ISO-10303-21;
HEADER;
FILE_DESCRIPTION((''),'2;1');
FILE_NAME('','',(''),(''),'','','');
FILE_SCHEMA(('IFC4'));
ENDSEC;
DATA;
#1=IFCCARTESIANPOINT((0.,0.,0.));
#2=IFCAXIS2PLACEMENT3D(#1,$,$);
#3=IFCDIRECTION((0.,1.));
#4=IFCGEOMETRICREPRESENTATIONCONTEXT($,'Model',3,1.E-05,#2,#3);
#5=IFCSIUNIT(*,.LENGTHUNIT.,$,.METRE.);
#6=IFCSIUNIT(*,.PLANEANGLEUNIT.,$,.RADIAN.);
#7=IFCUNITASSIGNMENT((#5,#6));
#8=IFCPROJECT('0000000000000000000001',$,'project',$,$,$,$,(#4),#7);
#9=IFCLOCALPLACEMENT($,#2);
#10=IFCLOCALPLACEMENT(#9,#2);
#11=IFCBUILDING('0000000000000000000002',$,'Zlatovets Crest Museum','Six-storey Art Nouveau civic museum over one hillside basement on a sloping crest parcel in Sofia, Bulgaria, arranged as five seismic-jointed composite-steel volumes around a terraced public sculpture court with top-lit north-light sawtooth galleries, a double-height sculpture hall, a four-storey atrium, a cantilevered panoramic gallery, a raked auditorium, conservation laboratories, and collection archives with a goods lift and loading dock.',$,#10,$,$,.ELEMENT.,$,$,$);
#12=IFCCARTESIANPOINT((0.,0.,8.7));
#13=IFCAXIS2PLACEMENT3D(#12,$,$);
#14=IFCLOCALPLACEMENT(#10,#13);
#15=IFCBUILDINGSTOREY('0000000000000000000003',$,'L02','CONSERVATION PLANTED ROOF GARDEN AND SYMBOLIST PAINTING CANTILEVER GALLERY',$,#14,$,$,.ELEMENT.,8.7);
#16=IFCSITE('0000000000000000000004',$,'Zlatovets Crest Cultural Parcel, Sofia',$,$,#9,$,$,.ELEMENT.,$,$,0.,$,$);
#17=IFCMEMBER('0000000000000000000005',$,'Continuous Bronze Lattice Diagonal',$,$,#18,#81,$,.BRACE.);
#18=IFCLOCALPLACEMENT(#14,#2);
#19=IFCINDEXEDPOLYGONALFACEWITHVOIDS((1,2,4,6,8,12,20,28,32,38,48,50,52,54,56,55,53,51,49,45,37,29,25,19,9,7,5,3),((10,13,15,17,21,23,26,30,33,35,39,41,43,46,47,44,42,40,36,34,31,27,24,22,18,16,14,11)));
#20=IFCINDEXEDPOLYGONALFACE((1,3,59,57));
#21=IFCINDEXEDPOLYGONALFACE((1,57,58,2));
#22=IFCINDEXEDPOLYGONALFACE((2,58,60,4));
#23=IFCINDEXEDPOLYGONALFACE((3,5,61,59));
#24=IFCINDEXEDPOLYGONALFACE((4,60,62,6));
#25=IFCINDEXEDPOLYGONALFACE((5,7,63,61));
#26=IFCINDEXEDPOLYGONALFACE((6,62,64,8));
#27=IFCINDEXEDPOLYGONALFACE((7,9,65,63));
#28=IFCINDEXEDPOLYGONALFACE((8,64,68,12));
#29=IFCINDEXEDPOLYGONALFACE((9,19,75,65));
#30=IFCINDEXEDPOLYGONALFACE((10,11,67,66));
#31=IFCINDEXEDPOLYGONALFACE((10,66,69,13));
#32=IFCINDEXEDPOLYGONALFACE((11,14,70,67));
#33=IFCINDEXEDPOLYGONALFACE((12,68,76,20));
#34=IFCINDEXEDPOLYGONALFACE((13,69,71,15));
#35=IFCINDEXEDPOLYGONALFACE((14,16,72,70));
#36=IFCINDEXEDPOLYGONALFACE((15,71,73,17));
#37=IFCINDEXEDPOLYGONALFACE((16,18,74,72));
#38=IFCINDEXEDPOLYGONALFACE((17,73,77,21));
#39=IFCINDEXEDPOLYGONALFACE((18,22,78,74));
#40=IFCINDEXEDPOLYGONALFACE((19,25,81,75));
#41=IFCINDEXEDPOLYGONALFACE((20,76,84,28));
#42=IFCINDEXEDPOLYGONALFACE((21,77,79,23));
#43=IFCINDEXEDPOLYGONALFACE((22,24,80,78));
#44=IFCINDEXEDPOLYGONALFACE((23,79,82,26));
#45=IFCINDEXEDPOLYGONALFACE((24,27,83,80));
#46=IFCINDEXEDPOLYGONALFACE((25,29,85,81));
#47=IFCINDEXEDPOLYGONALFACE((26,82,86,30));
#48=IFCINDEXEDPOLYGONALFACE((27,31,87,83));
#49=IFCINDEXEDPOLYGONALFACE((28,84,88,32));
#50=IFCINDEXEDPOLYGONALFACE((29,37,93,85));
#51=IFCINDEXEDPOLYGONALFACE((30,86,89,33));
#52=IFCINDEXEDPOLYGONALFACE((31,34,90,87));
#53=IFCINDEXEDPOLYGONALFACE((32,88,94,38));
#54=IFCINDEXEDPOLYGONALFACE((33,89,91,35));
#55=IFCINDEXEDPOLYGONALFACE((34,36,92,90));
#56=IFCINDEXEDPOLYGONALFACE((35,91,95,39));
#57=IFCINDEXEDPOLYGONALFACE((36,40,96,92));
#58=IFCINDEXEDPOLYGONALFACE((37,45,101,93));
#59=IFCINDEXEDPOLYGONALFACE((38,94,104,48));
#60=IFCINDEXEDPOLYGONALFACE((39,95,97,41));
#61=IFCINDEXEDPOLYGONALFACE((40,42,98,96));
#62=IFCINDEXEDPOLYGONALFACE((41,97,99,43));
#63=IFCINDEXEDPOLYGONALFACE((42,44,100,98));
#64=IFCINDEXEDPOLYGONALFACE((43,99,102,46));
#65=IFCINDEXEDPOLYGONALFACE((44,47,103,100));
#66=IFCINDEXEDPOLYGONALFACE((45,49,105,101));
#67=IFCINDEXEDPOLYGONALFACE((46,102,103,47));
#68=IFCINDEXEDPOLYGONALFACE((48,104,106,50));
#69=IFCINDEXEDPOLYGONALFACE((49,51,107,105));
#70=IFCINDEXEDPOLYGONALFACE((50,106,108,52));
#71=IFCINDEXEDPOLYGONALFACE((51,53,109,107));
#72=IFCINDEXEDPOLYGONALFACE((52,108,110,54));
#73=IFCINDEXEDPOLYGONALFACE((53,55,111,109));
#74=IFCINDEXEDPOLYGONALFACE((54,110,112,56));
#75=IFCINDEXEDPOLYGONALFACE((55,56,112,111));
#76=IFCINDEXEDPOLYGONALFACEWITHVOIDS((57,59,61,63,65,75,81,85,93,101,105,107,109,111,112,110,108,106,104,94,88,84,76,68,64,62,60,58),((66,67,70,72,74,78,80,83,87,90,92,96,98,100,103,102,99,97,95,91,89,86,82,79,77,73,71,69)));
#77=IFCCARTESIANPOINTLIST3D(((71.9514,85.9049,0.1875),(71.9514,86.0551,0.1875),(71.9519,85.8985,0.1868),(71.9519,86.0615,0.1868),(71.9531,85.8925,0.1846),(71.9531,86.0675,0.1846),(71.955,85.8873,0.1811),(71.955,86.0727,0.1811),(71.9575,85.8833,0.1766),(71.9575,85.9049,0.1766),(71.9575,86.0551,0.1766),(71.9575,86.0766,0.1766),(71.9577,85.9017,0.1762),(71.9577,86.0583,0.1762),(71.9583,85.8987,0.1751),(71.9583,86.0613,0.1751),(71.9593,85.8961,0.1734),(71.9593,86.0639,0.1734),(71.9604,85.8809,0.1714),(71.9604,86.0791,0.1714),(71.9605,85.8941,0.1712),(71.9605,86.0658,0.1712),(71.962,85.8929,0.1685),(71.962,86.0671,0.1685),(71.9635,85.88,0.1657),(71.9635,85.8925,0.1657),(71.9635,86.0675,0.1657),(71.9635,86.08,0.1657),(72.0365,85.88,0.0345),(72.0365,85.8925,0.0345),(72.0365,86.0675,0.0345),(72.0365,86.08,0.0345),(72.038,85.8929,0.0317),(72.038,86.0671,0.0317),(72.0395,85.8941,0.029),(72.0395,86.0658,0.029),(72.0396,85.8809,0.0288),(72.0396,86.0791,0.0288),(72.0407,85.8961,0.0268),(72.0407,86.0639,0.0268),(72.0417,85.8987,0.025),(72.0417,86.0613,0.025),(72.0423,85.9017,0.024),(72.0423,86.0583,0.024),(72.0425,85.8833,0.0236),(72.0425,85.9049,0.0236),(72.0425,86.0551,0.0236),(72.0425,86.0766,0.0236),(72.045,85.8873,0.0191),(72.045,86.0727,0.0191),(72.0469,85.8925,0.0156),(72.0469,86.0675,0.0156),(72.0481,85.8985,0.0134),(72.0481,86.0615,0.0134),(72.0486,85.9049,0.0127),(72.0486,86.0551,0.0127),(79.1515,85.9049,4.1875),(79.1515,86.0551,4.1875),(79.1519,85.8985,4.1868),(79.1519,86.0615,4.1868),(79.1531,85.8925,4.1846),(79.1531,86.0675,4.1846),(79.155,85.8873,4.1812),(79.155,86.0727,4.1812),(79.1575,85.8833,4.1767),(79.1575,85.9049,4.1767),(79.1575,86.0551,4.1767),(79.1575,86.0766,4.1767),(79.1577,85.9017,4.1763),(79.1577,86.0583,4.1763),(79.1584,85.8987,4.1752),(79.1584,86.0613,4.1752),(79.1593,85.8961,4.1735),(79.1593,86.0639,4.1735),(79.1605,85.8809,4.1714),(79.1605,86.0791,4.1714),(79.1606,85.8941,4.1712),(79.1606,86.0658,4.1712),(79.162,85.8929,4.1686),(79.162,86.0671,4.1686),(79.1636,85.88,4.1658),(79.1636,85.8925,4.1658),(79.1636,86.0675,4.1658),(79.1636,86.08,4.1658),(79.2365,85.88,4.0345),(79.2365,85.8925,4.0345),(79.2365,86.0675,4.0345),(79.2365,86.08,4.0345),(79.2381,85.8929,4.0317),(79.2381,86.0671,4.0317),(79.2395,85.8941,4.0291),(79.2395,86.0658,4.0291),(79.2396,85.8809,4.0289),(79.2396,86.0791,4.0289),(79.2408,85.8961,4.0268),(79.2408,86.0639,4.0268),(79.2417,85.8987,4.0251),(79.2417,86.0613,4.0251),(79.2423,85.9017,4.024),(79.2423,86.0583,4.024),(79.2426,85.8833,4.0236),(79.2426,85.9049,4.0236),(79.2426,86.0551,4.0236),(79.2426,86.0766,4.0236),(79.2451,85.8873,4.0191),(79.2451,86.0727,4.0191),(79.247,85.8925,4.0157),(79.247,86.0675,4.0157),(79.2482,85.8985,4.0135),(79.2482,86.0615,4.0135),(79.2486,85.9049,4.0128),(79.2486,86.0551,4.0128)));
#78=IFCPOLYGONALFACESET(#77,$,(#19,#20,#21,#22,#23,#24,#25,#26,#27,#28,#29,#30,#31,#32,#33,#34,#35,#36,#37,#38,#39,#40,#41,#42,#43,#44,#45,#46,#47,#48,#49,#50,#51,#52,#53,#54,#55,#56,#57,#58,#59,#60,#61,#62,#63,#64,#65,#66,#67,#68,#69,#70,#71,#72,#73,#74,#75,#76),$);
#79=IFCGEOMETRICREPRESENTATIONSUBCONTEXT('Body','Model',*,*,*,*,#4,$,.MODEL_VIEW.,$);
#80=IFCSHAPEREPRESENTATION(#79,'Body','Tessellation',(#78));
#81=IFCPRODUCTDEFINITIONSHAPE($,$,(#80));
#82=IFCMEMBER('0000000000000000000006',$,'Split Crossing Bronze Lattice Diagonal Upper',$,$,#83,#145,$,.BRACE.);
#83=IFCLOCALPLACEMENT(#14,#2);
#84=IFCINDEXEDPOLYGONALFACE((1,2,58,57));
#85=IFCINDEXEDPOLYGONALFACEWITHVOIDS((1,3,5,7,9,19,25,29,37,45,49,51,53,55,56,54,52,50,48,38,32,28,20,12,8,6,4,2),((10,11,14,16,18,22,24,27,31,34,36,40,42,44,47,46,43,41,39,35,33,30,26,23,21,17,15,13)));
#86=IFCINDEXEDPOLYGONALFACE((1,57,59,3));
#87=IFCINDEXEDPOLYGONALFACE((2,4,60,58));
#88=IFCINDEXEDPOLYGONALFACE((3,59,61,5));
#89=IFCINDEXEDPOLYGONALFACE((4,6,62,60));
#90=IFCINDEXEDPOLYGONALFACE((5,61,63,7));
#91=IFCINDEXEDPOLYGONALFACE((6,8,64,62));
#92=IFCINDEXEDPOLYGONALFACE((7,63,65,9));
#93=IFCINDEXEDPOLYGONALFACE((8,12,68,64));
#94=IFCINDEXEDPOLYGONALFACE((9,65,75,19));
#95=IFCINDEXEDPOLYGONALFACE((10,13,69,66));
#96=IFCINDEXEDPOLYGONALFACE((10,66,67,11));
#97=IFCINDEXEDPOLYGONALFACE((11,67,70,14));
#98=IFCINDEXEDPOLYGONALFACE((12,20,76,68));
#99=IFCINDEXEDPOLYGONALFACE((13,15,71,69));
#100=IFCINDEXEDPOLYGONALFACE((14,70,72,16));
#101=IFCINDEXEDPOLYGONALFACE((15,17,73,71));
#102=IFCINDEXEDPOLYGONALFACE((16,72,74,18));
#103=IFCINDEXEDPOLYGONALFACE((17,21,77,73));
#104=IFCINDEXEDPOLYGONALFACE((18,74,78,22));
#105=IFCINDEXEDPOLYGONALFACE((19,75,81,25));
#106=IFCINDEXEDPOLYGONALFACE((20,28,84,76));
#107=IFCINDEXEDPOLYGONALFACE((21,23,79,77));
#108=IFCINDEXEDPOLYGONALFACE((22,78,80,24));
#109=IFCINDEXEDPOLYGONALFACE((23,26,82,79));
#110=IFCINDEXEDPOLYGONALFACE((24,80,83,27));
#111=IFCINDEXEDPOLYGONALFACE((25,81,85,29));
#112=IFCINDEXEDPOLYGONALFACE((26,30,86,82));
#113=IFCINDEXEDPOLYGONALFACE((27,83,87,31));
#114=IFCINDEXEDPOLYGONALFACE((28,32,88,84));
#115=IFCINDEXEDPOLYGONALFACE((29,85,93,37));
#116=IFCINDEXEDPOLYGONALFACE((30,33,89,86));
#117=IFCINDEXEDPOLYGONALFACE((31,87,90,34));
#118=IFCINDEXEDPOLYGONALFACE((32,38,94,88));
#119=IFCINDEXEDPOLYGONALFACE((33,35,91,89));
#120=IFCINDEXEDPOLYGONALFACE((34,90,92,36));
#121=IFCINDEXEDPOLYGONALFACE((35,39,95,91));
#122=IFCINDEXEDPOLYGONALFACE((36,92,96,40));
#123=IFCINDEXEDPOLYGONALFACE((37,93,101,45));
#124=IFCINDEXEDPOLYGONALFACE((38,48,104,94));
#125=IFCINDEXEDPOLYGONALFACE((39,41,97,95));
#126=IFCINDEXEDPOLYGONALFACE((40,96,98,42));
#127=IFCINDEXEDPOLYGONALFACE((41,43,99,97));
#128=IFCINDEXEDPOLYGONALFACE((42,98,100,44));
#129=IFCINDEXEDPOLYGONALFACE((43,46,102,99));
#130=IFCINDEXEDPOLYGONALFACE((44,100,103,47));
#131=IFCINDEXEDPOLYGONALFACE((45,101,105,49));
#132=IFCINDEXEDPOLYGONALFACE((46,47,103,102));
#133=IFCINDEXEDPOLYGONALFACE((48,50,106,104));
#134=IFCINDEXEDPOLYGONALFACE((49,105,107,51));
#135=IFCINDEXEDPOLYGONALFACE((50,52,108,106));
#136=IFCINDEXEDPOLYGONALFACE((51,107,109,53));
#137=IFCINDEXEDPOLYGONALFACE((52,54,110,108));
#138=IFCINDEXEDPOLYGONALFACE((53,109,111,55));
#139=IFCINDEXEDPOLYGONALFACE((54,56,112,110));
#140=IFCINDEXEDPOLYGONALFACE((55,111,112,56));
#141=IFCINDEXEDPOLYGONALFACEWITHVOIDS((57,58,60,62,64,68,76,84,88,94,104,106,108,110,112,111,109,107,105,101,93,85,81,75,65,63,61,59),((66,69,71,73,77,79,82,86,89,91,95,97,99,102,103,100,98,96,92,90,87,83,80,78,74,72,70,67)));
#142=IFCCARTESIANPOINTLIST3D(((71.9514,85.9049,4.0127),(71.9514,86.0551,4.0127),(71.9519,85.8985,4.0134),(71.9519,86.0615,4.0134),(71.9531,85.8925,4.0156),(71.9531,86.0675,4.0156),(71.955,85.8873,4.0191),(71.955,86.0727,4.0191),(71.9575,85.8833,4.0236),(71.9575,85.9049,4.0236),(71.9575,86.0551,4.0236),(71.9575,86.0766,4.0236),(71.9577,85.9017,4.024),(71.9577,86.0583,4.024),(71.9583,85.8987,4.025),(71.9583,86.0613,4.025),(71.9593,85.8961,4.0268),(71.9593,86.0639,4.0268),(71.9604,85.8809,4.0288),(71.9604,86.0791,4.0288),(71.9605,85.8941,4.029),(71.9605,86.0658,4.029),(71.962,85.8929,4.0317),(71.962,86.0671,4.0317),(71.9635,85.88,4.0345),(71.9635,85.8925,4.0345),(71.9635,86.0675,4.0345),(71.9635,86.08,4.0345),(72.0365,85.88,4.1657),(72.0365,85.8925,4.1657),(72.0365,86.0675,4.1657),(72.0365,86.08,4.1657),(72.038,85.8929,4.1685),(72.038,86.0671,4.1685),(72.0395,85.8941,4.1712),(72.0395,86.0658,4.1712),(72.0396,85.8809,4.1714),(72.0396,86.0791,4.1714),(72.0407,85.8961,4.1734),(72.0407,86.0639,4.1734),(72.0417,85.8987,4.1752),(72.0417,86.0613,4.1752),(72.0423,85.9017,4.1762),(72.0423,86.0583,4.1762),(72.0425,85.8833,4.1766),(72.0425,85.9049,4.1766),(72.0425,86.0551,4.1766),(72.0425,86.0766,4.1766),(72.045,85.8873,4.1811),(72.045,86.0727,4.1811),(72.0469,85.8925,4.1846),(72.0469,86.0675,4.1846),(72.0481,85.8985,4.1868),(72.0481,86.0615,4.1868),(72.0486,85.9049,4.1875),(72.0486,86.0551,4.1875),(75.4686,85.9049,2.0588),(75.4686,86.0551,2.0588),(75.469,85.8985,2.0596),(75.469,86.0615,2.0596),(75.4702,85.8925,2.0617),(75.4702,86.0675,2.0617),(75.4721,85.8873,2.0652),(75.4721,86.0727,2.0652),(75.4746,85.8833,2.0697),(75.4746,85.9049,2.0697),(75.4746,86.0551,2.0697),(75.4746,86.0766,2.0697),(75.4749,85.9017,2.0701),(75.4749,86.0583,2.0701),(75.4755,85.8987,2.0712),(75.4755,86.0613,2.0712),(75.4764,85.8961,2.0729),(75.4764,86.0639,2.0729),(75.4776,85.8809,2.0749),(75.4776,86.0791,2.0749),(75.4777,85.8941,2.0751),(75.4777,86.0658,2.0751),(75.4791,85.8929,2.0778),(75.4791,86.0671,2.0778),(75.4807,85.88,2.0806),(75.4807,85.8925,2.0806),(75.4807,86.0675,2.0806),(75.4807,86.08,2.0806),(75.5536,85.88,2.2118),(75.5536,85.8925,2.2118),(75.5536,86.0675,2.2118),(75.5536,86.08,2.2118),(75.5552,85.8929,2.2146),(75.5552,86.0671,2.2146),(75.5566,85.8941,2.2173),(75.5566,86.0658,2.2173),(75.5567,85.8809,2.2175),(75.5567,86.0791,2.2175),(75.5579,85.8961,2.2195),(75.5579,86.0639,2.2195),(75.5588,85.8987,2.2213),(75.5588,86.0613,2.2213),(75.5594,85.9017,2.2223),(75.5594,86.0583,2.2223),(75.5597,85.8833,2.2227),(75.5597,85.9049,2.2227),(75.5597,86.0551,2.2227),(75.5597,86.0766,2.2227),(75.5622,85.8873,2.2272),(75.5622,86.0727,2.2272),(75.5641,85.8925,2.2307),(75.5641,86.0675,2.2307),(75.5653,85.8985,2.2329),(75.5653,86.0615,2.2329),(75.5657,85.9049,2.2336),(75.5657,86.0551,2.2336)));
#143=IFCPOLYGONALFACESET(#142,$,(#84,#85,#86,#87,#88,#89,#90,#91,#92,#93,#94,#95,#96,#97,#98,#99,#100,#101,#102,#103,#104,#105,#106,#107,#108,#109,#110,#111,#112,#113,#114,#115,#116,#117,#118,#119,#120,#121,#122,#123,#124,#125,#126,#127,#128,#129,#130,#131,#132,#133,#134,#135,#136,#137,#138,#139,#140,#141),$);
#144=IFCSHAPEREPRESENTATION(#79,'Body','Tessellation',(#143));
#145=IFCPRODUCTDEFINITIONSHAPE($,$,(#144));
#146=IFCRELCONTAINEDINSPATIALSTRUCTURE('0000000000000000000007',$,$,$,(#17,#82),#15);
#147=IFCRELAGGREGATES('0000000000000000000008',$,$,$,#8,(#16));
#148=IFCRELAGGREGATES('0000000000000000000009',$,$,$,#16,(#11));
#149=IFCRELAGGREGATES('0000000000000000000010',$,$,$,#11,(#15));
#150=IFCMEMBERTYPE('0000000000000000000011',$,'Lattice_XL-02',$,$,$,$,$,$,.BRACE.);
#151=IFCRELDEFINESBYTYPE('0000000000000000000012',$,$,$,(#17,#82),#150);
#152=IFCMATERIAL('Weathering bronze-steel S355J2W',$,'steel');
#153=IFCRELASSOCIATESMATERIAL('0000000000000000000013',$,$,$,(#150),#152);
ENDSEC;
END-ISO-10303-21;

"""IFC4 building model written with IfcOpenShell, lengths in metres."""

from ifc_helpers import new_model, si_unit, direction, frame, origin, origin_2d, place, context, subcontext, project, spatial, hollow_rectangle, extrude, material, material_profile, profile_set, type_object, element, save


model = new_model("IFC4")

# Units and contexts
model_context = context("Model", 3, precision=1e-05, world=origin(), true_north=direction((0.0, 1.0)))
body_context = subcontext(model_context, "Body", "Model", "MODEL_VIEW")
ifc_project = project(units=[si_unit("LENGTHUNIT", "METRE"), si_unit("PLANEANGLEUNIT", "RADIAN")], contexts=[model_context])

# Site, building, storey
site_placement = place(None, origin())
site = spatial("IfcSite", under=ifc_project, at=site_placement, Name="Zlatovets Crest Cultural Parcel, Sofia", CompositionType="ELEMENT", RefElevation=0.0)
building_placement = place(site_placement, origin())
building = spatial("IfcBuilding", under=site, at=building_placement, Name="Zlatovets Crest Museum", Description="Six-storey Art Nouveau civic museum over one hillside basement on a sloping crest parcel in Sofia, Bulgaria, arranged as five seismic-jointed composite-steel volumes around a terraced public sculpture court with top-lit north-light sawtooth galleries, a double-height sculpture hall, a four-storey atrium, a cantilevered panoramic gallery, a raked auditorium, conservation laboratories, and collection archives with a goods lift and loading dock.", CompositionType="ELEMENT")
storey_placement = place(building_placement, frame((0.0, 0.0, 8.7)))
storey = spatial("IfcBuildingStorey", under=building, at=storey_placement, Name="L02", Description="CONSERVATION PLANTED ROOF GARDEN AND SYMBOLIST PAINTING CANTILEVER GALLERY", CompositionType="ELEMENT", Elevation=8.7)

# Members
ifc_material_1 = material(Name="Weathering bronze-steel S355J2W", Category="steel")
ifc_material_profile_1 = material_profile(ifc_material_1, hollow_rectangle(XDim=0.2, YDim=0.2, WallThickness=0.0125, InnerFilletRadius=0.0125, OuterFilletRadius=0.0249, at=origin_2d()), Name="SHS 200x200x12.5")
ifc_profile_set_1 = profile_set([ifc_material_profile_1], Name="Weathering bronze-steel S355J2W")
member_type_1 = type_object("IfcMemberType", Name="Lattice_XL-02", PredefinedType="BRACE", material=ifc_profile_set_1)
member_1_placement = place(storey_placement, frame((72.0, 85.98, 0.1001), z_axis=(0.874156, 0.0, 0.485645), x_axis=(0.0, 1.0, 0.0)))
element("IfcMember", 1, at=member_1_placement, inside=storey, type_object=member_type_1, Name="Continuous Bronze Lattice Diagonal", PredefinedType="BRACE", context=body_context, shape_type="SweptSolid", body=[
    extrude(hollow_rectangle(XDim=0.2, YDim=0.2, WallThickness=0.0125, InnerFilletRadius=0.0125, OuterFilletRadius=0.0249, at=origin_2d()), origin(), (0.0, 0.0, 1.0), 8.2366),
])
member_2_placement = place(storey_placement, frame((72.0, 85.98, 4.1001), z_axis=(0.874166, 0.0, -0.485627), x_axis=(0.0, 1.0, 0.0)))
element("IfcMember", 2, at=member_2_placement, inside=storey, type_object=member_type_1, Name="Split Crossing Bronze Lattice Diagonal Upper", PredefinedType="BRACE", context=body_context, shape_type="SweptSolid", body=[
    extrude(hollow_rectangle(XDim=0.2, YDim=0.2, WallThickness=0.0125, InnerFilletRadius=0.0125, OuterFilletRadius=0.0249, at=origin_2d()), origin(), (0.0, 0.0, 1.0), 4.0234),
])

save(model, "model.ifc")
